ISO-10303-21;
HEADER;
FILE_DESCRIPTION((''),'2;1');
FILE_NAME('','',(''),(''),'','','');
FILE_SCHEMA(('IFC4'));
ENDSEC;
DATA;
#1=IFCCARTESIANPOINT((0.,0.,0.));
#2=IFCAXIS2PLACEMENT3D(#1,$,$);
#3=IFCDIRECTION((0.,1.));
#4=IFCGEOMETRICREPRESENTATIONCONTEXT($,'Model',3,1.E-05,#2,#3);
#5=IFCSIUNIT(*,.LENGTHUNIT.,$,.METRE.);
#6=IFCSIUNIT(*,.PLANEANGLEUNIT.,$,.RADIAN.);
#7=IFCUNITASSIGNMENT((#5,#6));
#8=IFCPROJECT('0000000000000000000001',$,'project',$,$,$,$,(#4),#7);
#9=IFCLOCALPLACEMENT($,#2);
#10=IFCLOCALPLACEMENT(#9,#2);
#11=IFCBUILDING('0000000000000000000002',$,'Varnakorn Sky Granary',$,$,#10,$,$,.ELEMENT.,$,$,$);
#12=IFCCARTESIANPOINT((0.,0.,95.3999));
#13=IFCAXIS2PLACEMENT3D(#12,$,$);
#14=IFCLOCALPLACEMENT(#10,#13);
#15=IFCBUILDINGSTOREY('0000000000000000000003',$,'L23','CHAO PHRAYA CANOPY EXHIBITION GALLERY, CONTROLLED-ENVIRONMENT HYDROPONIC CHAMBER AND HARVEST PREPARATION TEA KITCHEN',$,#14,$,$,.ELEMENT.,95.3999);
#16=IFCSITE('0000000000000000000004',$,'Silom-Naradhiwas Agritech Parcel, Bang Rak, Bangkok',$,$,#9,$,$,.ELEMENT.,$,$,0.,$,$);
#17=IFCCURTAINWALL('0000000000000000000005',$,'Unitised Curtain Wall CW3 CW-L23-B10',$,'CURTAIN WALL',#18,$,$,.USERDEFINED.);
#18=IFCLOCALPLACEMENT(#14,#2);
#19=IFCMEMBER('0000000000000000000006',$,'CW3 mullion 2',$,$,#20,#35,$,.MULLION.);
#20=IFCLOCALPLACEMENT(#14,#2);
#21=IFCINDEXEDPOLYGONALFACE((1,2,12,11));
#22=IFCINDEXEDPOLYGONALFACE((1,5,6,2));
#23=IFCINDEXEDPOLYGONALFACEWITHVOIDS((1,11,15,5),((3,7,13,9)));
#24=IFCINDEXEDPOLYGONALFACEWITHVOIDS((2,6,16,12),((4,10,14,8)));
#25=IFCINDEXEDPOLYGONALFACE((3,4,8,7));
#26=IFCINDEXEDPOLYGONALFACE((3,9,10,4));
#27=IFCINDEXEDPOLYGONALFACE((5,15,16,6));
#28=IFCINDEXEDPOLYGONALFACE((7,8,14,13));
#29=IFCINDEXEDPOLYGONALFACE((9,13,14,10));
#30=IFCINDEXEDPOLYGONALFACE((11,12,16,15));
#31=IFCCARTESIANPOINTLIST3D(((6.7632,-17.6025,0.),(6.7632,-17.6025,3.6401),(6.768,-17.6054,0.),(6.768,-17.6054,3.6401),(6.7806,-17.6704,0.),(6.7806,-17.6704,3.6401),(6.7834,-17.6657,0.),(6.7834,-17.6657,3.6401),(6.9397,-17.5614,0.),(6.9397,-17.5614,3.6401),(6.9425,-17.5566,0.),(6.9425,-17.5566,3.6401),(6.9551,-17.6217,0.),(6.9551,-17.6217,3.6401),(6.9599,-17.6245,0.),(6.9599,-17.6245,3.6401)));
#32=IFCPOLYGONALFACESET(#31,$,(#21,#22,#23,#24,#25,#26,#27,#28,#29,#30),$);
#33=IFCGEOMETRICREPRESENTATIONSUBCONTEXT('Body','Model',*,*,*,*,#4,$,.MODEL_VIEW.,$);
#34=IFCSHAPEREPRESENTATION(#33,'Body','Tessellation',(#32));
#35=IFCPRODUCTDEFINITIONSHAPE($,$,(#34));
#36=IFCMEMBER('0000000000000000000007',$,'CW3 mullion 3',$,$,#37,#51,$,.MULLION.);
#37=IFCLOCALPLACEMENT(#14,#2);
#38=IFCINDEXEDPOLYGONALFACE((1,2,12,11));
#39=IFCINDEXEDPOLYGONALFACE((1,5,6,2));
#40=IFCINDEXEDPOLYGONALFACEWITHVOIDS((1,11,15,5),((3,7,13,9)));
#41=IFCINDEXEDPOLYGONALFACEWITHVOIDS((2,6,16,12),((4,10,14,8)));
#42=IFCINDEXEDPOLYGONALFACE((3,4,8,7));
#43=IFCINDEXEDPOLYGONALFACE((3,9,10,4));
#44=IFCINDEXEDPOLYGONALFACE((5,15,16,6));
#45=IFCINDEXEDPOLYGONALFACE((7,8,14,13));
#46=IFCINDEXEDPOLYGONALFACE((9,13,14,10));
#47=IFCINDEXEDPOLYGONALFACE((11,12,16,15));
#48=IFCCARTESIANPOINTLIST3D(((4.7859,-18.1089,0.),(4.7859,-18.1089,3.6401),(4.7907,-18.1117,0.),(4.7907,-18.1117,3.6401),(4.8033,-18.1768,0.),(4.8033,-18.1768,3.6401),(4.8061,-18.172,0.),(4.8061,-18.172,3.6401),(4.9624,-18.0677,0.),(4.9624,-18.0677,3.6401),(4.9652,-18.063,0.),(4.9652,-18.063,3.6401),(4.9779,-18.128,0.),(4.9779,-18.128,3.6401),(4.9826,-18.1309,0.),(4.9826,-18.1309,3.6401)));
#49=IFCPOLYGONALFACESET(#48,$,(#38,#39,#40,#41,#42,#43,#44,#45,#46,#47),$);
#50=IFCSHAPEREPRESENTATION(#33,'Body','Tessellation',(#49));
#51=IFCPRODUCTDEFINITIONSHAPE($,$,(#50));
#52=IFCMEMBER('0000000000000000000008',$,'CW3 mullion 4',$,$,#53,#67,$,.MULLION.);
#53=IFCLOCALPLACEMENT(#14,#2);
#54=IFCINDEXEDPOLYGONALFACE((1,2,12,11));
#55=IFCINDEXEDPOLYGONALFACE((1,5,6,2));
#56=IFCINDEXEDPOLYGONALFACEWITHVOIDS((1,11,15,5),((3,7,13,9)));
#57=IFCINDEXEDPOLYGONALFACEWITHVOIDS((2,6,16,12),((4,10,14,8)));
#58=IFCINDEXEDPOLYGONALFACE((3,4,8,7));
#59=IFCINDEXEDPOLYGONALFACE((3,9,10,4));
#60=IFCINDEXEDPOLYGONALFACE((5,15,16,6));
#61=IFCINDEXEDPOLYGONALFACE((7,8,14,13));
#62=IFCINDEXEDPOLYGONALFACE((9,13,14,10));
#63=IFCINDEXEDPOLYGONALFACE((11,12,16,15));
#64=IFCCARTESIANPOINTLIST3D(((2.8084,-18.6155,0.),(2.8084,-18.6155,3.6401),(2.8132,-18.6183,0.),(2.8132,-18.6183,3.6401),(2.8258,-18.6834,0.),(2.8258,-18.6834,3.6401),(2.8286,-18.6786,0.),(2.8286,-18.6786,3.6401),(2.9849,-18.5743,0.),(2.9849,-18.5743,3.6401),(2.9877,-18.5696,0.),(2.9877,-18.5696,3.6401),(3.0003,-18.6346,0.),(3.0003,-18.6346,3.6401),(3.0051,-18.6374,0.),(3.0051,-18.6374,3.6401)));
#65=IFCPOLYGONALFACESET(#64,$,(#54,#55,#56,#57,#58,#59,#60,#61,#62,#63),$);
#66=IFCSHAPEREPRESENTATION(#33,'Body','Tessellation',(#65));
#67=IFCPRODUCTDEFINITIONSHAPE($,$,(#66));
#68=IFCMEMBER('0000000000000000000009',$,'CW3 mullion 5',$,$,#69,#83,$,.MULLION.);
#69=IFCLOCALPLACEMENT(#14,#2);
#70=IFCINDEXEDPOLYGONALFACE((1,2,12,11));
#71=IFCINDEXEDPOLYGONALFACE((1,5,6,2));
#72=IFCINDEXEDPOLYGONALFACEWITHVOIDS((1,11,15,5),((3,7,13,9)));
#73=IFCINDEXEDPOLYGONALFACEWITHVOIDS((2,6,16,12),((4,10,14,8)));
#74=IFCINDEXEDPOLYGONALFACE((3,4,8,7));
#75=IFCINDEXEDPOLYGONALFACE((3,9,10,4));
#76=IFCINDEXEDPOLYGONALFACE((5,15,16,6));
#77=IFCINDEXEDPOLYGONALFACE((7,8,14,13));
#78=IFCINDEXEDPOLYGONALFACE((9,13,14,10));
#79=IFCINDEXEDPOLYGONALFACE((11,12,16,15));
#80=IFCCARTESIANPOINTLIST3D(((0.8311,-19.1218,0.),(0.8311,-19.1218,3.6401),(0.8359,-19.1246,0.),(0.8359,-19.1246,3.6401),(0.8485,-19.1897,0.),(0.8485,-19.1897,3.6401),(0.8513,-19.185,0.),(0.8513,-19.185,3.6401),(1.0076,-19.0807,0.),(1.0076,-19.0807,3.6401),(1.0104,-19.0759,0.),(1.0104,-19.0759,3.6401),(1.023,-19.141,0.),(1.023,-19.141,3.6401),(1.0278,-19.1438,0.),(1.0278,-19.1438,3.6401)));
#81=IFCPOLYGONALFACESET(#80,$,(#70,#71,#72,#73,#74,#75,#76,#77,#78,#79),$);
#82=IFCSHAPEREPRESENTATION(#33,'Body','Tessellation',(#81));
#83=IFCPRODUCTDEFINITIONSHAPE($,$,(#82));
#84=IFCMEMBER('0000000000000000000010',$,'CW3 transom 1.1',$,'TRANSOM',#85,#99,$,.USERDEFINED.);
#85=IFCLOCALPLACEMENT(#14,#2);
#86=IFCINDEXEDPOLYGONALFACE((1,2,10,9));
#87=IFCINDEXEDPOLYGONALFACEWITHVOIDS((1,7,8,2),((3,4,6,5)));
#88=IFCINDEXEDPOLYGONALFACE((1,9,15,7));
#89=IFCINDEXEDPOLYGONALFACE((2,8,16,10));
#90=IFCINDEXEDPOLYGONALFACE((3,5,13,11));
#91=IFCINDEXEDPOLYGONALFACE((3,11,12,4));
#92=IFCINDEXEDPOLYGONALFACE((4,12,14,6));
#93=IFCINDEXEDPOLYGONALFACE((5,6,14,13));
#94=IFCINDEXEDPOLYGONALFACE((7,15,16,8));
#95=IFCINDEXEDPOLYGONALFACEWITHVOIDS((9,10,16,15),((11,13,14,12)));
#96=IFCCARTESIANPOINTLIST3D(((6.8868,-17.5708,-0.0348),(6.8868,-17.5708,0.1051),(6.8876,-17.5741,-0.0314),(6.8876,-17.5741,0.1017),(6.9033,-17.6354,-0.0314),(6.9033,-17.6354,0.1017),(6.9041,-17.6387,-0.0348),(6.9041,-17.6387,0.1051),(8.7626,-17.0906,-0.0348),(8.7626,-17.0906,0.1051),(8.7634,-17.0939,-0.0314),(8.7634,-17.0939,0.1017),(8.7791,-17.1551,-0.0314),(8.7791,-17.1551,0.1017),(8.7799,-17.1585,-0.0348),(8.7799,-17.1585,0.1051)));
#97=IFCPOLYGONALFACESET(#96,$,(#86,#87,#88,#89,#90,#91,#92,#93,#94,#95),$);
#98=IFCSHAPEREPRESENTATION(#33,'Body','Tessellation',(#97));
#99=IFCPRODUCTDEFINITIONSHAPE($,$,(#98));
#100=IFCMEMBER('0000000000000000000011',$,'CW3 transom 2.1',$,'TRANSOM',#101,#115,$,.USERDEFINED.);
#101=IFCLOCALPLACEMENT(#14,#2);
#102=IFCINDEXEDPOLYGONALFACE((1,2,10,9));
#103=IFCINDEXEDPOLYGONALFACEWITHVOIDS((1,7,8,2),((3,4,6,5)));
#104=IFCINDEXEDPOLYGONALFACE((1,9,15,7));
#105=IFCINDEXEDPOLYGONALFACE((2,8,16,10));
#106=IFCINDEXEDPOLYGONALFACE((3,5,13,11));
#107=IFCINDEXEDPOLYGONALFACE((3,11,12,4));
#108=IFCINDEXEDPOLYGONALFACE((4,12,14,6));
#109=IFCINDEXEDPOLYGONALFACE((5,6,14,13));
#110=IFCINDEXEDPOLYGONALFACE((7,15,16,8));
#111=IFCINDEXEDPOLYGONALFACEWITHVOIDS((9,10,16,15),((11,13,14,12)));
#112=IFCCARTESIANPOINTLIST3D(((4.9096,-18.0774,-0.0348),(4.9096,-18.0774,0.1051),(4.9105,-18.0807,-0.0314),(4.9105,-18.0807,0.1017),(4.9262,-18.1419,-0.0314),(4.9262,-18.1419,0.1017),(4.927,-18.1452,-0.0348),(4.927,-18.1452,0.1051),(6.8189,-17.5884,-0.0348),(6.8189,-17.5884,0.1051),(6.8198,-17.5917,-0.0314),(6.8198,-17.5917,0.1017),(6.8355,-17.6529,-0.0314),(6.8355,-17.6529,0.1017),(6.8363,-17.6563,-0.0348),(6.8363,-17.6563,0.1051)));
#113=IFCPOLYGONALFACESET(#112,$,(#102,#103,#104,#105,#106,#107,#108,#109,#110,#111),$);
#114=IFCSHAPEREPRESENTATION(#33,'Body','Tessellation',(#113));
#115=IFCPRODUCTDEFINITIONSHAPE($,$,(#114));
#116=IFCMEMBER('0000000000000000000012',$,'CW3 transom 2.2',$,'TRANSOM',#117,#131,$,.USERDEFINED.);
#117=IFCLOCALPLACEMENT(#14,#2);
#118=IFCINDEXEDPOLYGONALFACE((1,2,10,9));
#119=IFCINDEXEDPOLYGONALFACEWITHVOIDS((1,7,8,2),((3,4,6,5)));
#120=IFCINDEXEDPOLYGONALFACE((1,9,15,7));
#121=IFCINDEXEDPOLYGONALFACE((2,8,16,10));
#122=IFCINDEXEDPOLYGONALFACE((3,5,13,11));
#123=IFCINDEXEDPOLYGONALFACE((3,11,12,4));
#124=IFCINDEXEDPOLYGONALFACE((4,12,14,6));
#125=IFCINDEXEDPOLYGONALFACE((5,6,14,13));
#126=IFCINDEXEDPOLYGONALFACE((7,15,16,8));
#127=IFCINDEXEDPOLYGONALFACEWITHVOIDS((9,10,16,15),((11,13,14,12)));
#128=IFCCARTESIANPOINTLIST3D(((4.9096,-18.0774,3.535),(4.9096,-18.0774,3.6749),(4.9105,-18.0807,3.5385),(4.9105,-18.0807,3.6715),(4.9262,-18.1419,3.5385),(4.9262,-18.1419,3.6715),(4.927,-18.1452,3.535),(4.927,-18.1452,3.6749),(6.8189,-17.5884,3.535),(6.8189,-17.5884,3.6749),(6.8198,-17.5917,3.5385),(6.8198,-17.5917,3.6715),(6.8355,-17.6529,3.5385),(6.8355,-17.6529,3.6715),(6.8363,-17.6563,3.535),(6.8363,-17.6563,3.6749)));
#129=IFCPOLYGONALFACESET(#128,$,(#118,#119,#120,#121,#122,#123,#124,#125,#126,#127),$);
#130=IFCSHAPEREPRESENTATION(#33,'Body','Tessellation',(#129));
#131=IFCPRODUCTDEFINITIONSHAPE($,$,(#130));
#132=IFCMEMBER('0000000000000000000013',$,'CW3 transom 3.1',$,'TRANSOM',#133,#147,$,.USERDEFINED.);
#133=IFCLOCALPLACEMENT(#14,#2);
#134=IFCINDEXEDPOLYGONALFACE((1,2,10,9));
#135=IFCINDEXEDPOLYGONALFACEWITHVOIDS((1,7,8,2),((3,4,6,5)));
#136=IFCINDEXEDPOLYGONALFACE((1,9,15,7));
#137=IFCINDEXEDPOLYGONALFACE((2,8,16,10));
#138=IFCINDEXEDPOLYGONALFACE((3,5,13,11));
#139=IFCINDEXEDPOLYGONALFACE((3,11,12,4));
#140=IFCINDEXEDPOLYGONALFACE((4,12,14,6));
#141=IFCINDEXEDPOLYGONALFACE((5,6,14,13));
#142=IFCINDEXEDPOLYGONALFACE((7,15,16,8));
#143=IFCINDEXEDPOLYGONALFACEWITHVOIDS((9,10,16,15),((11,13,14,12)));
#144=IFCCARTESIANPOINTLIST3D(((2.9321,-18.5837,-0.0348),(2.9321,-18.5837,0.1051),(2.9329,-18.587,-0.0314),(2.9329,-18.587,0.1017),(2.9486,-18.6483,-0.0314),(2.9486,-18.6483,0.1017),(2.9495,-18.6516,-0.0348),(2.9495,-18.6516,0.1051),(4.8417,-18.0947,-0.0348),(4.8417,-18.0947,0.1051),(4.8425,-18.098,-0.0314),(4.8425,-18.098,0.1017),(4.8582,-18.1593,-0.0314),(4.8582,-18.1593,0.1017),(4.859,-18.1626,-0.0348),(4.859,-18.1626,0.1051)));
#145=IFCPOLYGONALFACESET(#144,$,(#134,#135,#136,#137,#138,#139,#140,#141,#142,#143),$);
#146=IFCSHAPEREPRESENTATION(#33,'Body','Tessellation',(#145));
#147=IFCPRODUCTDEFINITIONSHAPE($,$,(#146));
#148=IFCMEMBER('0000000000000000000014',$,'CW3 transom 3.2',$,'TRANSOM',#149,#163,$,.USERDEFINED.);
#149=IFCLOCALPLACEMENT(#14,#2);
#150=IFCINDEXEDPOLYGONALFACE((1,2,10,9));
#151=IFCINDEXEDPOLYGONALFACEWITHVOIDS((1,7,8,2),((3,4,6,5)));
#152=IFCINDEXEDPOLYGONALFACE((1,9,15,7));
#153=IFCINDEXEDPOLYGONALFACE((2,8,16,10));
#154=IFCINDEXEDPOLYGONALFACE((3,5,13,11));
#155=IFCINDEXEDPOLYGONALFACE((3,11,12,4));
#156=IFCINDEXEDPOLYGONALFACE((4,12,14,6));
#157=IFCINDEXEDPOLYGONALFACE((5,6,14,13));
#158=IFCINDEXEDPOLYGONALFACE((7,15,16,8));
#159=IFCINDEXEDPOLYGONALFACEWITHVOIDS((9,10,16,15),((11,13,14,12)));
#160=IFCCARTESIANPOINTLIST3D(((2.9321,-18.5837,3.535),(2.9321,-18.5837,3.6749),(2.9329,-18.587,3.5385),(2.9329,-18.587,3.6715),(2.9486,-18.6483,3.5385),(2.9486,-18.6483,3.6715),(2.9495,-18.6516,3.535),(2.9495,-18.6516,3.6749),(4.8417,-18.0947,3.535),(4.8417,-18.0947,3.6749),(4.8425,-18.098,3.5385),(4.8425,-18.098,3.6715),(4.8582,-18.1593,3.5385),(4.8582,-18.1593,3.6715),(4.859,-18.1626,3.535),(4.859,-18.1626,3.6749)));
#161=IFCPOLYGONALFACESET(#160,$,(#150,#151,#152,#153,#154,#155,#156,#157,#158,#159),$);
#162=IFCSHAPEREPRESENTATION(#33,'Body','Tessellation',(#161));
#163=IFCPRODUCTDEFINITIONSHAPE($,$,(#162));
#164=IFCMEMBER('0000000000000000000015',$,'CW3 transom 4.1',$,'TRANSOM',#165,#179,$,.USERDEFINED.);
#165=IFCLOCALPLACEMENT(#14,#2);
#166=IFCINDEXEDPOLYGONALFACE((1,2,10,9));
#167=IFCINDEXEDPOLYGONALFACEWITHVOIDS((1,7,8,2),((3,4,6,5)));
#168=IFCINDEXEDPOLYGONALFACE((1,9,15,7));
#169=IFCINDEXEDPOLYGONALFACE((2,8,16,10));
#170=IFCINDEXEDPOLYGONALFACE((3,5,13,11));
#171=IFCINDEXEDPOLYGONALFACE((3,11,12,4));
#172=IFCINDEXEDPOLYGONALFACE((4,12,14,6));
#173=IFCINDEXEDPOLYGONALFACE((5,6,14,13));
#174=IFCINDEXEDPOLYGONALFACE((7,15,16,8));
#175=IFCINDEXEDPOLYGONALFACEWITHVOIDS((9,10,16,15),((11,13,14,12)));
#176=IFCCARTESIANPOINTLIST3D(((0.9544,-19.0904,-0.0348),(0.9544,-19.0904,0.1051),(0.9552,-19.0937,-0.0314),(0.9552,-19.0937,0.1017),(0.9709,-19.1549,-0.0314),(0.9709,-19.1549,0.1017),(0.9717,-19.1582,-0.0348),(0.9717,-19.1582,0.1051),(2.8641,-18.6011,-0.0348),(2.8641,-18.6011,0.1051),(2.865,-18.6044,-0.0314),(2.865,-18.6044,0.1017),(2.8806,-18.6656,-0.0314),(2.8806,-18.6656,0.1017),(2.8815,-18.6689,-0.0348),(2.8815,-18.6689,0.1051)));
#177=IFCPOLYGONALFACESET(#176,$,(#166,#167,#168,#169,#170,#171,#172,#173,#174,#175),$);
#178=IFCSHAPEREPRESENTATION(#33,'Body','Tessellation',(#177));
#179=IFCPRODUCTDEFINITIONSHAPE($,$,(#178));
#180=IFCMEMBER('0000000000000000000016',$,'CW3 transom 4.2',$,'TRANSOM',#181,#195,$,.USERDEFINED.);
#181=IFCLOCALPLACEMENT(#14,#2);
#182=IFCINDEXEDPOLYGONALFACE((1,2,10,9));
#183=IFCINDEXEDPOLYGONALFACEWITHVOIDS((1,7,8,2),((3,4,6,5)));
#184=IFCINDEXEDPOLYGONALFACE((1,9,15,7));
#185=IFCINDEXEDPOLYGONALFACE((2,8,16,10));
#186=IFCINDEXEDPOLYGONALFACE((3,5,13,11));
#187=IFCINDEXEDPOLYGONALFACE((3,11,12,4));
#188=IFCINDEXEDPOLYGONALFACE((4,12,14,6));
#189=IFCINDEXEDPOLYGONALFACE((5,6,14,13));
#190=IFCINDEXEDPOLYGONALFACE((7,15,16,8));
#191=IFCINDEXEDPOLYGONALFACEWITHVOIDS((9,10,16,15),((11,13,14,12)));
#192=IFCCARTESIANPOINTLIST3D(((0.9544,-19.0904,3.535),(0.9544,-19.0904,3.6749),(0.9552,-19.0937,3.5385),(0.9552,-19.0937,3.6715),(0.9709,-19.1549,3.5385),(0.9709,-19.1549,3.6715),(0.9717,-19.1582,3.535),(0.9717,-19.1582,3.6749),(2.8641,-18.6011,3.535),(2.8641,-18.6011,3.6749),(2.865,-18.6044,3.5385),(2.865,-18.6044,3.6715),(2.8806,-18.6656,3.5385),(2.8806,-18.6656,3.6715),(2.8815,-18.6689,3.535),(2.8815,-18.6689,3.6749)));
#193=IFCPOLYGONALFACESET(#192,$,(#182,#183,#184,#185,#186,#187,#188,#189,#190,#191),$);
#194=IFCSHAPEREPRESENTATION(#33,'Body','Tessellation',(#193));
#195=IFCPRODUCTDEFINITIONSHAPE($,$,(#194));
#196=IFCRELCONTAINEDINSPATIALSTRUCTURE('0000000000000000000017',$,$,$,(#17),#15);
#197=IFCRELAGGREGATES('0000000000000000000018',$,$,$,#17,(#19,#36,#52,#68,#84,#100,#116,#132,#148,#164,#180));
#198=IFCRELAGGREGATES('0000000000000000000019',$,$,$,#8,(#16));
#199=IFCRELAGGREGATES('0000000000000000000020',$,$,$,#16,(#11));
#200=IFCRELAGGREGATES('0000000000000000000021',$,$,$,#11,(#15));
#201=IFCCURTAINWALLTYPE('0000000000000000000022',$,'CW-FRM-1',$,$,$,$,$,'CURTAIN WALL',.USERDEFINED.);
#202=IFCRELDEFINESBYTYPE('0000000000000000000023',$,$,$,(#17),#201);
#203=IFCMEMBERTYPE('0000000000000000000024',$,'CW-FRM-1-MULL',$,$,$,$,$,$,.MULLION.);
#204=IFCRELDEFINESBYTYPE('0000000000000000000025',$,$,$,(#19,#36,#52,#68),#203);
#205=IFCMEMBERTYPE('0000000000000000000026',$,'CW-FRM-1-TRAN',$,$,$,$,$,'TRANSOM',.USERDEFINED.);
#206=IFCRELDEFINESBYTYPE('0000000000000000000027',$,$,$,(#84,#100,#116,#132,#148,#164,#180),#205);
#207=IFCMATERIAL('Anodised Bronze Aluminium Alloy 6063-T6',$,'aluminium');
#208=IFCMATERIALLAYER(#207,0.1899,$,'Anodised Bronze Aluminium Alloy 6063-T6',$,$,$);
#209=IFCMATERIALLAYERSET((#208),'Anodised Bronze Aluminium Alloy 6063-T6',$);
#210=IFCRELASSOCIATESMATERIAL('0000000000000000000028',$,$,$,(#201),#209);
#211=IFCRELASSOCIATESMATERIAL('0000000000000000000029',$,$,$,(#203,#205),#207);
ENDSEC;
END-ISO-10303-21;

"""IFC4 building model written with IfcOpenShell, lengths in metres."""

from ifc_helpers import new_model, si_unit, direction, frame, origin, origin_2d, place, context, subcontext, project, spatial, hollow_rectangle, extrude, material, layer, layer_set, material_profile, profile_set, type_object, element, aggregate, save


model = new_model("IFC4")

# Units and contexts
model_context = context("Model", 3, precision=1e-05, world=origin(), true_north=direction((0.0, 1.0)))
body_context = subcontext(model_context, "Body", "Model", "MODEL_VIEW")
ifc_project = project(units=[si_unit("LENGTHUNIT", "METRE"), si_unit("PLANEANGLEUNIT", "RADIAN")], contexts=[model_context])

# Site, building, storey
site_placement = place(None, origin())
site = spatial("IfcSite", under=ifc_project, at=site_placement, Name="Silom-Naradhiwas Agritech Parcel, Bang Rak, Bangkok", CompositionType="ELEMENT", RefElevation=0.0)
building_placement = place(site_placement, origin())
building = spatial("IfcBuilding", under=site, at=building_placement, Name="Varnakorn Sky Granary", CompositionType="ELEMENT")
storey_placement = place(building_placement, frame((0.0, 0.0, 95.3999)))
storey = spatial("IfcBuildingStorey", under=building, at=storey_placement, Name="L23", Description="CHAO PHRAYA CANOPY EXHIBITION GALLERY, CONTROLLED-ENVIRONMENT HYDROPONIC CHAMBER AND HARVEST PREPARATION TEA KITCHEN", CompositionType="ELEMENT", Elevation=95.3999)

# Curtain wall, members
ifc_material_1 = material(Name="Anodised Bronze Aluminium Alloy 6063-T6", Category="aluminium")
ifc_layer_1 = layer(ifc_material_1, 0.1899, Name="Anodised Bronze Aluminium Alloy 6063-T6")
ifc_layer_set_1 = layer_set([ifc_layer_1], Name="Anodised Bronze Aluminium Alloy 6063-T6")
curtain_wall_type = type_object("IfcCurtainWallType", Name="CW-FRM-1", ElementType="CURTAIN WALL", PredefinedType="USERDEFINED", material=ifc_layer_set_1)
curtain_wall_placement = place(storey_placement, origin())
curtain_wall = element("IfcCurtainWall", 1, at=curtain_wall_placement, inside=storey, type_object=curtain_wall_type, Name="Unitised Curtain Wall CW3 CW-L23-B10", ObjectType="CURTAIN WALL", PredefinedType="USERDEFINED")
ifc_material_profile_1 = material_profile(ifc_material_1, hollow_rectangle(XDim=0.0701, YDim=0.1851, WallThickness=0.0039, at=origin_2d()), Name="ALU MULL 70x185")
ifc_profile_set_1 = profile_set([ifc_material_profile_1], Name="Anodised Bronze Aluminium Alloy 6063-T6")
member_type_1 = type_object("IfcMemberType", Name="CW-FRM-1-MULL", PredefinedType="MULLION", material=ifc_profile_set_1)
member_1_placement = place(storey_placement, frame((6.8616, -17.6135, 0.0), z_axis=(0.0, 0.0, 1.0), x_axis=(0.248101, -0.968734, 0.0)))
member_1 = element("IfcMember", 2, at=member_1_placement, type_object=member_type_1, Name="CW3 mullion 2", PredefinedType="MULLION", context=body_context, shape_type="SweptSolid", body=[
    extrude(hollow_rectangle(XDim=0.0701, YDim=0.1851, WallThickness=0.0039, at=origin_2d()), origin(), (0.0, 0.0, 1.0), 3.6401),
])
member_2_placement = place(storey_placement, frame((4.8843, -18.1199, 0.0), z_axis=(0.0, 0.0, 1.0), x_axis=(0.248101, -0.968734, 0.0)))
member_2 = element("IfcMember", 3, at=member_2_placement, type_object=member_type_1, Name="CW3 mullion 3", PredefinedType="MULLION", context=body_context, shape_type="SweptSolid", body=[
    extrude(hollow_rectangle(XDim=0.0701, YDim=0.1851, WallThickness=0.0039, at=origin_2d()), origin(), (0.0, 0.0, 1.0), 3.6401),
])
member_3_placement = place(storey_placement, frame((2.9067, -18.6265, 0.0), z_axis=(0.0, 0.0, 1.0), x_axis=(0.248101, -0.968734, 0.0)))
member_3 = element("IfcMember", 4, at=member_3_placement, type_object=member_type_1, Name="CW3 mullion 4", PredefinedType="MULLION", context=body_context, shape_type="SweptSolid", body=[
    extrude(hollow_rectangle(XDim=0.0701, YDim=0.1851, WallThickness=0.0039, at=origin_2d()), origin(), (0.0, 0.0, 1.0), 3.6401),
])
member_4_placement = place(storey_placement, frame((0.9294, -19.1328, 0.0), z_axis=(0.0, 0.0, 1.0), x_axis=(0.248101, -0.968734, 0.0)))
member_4 = element("IfcMember", 5, at=member_4_placement, type_object=member_type_1, Name="CW3 mullion 5", PredefinedType="MULLION", context=body_context, shape_type="SweptSolid", body=[
    extrude(hollow_rectangle(XDim=0.0701, YDim=0.1851, WallThickness=0.0039, at=origin_2d()), origin(), (0.0, 0.0, 1.0), 3.6401),
])
ifc_material_profile_2 = material_profile(ifc_material_1, hollow_rectangle(XDim=0.0701, YDim=0.1399, WallThickness=0.0034, at=origin_2d()), Name="ALU TRAN 70x140")
ifc_profile_set_2 = profile_set([ifc_material_profile_2], Name="Anodised Bronze Aluminium Alloy 6063-T6")
member_type_2 = type_object("IfcMemberType", Name="CW-FRM-1-TRAN", ElementType="TRANSOM", PredefinedType="USERDEFINED", material=ifc_profile_set_2)
member_5_placement = place(storey_placement, frame((8.7712, -17.1245, 0.0352), z_axis=(-0.968755, -0.24802, 0.0), x_axis=(0.24802, -0.968755, 0.0)))
member_5 = element("IfcMember", 6, at=member_5_placement, type_object=member_type_2, Name="CW3 transom 1.1", ObjectType="TRANSOM", PredefinedType="USERDEFINED", context=body_context, shape_type="SweptSolid", body=[
    extrude(hollow_rectangle(XDim=0.0701, YDim=0.1399, WallThickness=0.0034, at=origin_2d()), origin(), (0.0, 0.0, 1.0), 1.9363),
])
member_6_placement = place(storey_placement, frame((6.8276, -17.6223, 0.0352), z_axis=(-0.968735, -0.248098, 0.0), x_axis=(0.248098, -0.968735, 0.0)))
member_6 = element("IfcMember", 7, at=member_6_placement, type_object=member_type_2, Name="CW3 transom 2.1", ObjectType="TRANSOM", PredefinedType="USERDEFINED", context=body_context, shape_type="SweptSolid", body=[
    extrude(hollow_rectangle(XDim=0.0701, YDim=0.1399, WallThickness=0.0034, at=origin_2d()), origin(), (0.0, 0.0, 1.0), 1.9709),
])
member_7_placement = place(storey_placement, frame((6.8276, -17.6223, 3.605), z_axis=(-0.968735, -0.248098, 0.0), x_axis=(0.248098, -0.968735, 0.0)))
member_7 = element("IfcMember", 8, at=member_7_placement, type_object=member_type_2, Name="CW3 transom 2.2", ObjectType="TRANSOM", PredefinedType="USERDEFINED", context=body_context, shape_type="SweptSolid", body=[
    extrude(hollow_rectangle(XDim=0.0701, YDim=0.1399, WallThickness=0.0034, at=origin_2d()), origin(), (0.0, 0.0, 1.0), 1.9709),
])
member_8_placement = place(storey_placement, frame((4.8503, -18.1287, 0.0352), z_axis=(-0.968743, -0.248068, 0.0), x_axis=(0.248068, -0.968743, 0.0)))
member_8 = element("IfcMember", 9, at=member_8_placement, type_object=member_type_2, Name="CW3 transom 3.1", ObjectType="TRANSOM", PredefinedType="USERDEFINED", context=body_context, shape_type="SweptSolid", body=[
    extrude(hollow_rectangle(XDim=0.0701, YDim=0.1399, WallThickness=0.0034, at=origin_2d()), origin(), (0.0, 0.0, 1.0), 1.9712),
])
member_9_placement = place(storey_placement, frame((4.8503, -18.1287, 3.605), z_axis=(-0.968743, -0.248068, 0.0), x_axis=(0.248068, -0.968743, 0.0)))
member_9 = element("IfcMember", 10, at=member_9_placement, type_object=member_type_2, Name="CW3 transom 3.2", ObjectType="TRANSOM", PredefinedType="USERDEFINED", context=body_context, shape_type="SweptSolid", body=[
    extrude(hollow_rectangle(XDim=0.0701, YDim=0.1399, WallThickness=0.0034, at=origin_2d()), origin(), (0.0, 0.0, 1.0), 1.9712),
])
member_10_placement = place(storey_placement, frame((2.8728, -18.635, 0.0352), z_axis=(-0.968713, -0.248185, 0.0), x_axis=(0.248185, -0.968713, 0.0)))
member_10 = element("IfcMember", 11, at=member_10_placement, type_object=member_type_2, Name="CW3 transom 4.1", ObjectType="TRANSOM", PredefinedType="USERDEFINED", context=body_context, shape_type="SweptSolid", body=[
    extrude(hollow_rectangle(XDim=0.0701, YDim=0.1399, WallThickness=0.0034, at=origin_2d()), origin(), (0.0, 0.0, 1.0), 1.9714),
])
member_11_placement = place(storey_placement, frame((2.8728, -18.635, 3.605), z_axis=(-0.968713, -0.248185, 0.0), x_axis=(0.248185, -0.968713, 0.0)))
member_11 = element("IfcMember", 12, at=member_11_placement, type_object=member_type_2, Name="CW3 transom 4.2", ObjectType="TRANSOM", PredefinedType="USERDEFINED", context=body_context, shape_type="SweptSolid", body=[
    extrude(hollow_rectangle(XDim=0.0701, YDim=0.1399, WallThickness=0.0034, at=origin_2d()), origin(), (0.0, 0.0, 1.0), 1.9714),
])

aggregate(curtain_wall, [member_1, member_2, member_3, member_4, member_5, member_6, member_7, member_8, member_9, member_10, member_11])

save(model, "model.ifc")
